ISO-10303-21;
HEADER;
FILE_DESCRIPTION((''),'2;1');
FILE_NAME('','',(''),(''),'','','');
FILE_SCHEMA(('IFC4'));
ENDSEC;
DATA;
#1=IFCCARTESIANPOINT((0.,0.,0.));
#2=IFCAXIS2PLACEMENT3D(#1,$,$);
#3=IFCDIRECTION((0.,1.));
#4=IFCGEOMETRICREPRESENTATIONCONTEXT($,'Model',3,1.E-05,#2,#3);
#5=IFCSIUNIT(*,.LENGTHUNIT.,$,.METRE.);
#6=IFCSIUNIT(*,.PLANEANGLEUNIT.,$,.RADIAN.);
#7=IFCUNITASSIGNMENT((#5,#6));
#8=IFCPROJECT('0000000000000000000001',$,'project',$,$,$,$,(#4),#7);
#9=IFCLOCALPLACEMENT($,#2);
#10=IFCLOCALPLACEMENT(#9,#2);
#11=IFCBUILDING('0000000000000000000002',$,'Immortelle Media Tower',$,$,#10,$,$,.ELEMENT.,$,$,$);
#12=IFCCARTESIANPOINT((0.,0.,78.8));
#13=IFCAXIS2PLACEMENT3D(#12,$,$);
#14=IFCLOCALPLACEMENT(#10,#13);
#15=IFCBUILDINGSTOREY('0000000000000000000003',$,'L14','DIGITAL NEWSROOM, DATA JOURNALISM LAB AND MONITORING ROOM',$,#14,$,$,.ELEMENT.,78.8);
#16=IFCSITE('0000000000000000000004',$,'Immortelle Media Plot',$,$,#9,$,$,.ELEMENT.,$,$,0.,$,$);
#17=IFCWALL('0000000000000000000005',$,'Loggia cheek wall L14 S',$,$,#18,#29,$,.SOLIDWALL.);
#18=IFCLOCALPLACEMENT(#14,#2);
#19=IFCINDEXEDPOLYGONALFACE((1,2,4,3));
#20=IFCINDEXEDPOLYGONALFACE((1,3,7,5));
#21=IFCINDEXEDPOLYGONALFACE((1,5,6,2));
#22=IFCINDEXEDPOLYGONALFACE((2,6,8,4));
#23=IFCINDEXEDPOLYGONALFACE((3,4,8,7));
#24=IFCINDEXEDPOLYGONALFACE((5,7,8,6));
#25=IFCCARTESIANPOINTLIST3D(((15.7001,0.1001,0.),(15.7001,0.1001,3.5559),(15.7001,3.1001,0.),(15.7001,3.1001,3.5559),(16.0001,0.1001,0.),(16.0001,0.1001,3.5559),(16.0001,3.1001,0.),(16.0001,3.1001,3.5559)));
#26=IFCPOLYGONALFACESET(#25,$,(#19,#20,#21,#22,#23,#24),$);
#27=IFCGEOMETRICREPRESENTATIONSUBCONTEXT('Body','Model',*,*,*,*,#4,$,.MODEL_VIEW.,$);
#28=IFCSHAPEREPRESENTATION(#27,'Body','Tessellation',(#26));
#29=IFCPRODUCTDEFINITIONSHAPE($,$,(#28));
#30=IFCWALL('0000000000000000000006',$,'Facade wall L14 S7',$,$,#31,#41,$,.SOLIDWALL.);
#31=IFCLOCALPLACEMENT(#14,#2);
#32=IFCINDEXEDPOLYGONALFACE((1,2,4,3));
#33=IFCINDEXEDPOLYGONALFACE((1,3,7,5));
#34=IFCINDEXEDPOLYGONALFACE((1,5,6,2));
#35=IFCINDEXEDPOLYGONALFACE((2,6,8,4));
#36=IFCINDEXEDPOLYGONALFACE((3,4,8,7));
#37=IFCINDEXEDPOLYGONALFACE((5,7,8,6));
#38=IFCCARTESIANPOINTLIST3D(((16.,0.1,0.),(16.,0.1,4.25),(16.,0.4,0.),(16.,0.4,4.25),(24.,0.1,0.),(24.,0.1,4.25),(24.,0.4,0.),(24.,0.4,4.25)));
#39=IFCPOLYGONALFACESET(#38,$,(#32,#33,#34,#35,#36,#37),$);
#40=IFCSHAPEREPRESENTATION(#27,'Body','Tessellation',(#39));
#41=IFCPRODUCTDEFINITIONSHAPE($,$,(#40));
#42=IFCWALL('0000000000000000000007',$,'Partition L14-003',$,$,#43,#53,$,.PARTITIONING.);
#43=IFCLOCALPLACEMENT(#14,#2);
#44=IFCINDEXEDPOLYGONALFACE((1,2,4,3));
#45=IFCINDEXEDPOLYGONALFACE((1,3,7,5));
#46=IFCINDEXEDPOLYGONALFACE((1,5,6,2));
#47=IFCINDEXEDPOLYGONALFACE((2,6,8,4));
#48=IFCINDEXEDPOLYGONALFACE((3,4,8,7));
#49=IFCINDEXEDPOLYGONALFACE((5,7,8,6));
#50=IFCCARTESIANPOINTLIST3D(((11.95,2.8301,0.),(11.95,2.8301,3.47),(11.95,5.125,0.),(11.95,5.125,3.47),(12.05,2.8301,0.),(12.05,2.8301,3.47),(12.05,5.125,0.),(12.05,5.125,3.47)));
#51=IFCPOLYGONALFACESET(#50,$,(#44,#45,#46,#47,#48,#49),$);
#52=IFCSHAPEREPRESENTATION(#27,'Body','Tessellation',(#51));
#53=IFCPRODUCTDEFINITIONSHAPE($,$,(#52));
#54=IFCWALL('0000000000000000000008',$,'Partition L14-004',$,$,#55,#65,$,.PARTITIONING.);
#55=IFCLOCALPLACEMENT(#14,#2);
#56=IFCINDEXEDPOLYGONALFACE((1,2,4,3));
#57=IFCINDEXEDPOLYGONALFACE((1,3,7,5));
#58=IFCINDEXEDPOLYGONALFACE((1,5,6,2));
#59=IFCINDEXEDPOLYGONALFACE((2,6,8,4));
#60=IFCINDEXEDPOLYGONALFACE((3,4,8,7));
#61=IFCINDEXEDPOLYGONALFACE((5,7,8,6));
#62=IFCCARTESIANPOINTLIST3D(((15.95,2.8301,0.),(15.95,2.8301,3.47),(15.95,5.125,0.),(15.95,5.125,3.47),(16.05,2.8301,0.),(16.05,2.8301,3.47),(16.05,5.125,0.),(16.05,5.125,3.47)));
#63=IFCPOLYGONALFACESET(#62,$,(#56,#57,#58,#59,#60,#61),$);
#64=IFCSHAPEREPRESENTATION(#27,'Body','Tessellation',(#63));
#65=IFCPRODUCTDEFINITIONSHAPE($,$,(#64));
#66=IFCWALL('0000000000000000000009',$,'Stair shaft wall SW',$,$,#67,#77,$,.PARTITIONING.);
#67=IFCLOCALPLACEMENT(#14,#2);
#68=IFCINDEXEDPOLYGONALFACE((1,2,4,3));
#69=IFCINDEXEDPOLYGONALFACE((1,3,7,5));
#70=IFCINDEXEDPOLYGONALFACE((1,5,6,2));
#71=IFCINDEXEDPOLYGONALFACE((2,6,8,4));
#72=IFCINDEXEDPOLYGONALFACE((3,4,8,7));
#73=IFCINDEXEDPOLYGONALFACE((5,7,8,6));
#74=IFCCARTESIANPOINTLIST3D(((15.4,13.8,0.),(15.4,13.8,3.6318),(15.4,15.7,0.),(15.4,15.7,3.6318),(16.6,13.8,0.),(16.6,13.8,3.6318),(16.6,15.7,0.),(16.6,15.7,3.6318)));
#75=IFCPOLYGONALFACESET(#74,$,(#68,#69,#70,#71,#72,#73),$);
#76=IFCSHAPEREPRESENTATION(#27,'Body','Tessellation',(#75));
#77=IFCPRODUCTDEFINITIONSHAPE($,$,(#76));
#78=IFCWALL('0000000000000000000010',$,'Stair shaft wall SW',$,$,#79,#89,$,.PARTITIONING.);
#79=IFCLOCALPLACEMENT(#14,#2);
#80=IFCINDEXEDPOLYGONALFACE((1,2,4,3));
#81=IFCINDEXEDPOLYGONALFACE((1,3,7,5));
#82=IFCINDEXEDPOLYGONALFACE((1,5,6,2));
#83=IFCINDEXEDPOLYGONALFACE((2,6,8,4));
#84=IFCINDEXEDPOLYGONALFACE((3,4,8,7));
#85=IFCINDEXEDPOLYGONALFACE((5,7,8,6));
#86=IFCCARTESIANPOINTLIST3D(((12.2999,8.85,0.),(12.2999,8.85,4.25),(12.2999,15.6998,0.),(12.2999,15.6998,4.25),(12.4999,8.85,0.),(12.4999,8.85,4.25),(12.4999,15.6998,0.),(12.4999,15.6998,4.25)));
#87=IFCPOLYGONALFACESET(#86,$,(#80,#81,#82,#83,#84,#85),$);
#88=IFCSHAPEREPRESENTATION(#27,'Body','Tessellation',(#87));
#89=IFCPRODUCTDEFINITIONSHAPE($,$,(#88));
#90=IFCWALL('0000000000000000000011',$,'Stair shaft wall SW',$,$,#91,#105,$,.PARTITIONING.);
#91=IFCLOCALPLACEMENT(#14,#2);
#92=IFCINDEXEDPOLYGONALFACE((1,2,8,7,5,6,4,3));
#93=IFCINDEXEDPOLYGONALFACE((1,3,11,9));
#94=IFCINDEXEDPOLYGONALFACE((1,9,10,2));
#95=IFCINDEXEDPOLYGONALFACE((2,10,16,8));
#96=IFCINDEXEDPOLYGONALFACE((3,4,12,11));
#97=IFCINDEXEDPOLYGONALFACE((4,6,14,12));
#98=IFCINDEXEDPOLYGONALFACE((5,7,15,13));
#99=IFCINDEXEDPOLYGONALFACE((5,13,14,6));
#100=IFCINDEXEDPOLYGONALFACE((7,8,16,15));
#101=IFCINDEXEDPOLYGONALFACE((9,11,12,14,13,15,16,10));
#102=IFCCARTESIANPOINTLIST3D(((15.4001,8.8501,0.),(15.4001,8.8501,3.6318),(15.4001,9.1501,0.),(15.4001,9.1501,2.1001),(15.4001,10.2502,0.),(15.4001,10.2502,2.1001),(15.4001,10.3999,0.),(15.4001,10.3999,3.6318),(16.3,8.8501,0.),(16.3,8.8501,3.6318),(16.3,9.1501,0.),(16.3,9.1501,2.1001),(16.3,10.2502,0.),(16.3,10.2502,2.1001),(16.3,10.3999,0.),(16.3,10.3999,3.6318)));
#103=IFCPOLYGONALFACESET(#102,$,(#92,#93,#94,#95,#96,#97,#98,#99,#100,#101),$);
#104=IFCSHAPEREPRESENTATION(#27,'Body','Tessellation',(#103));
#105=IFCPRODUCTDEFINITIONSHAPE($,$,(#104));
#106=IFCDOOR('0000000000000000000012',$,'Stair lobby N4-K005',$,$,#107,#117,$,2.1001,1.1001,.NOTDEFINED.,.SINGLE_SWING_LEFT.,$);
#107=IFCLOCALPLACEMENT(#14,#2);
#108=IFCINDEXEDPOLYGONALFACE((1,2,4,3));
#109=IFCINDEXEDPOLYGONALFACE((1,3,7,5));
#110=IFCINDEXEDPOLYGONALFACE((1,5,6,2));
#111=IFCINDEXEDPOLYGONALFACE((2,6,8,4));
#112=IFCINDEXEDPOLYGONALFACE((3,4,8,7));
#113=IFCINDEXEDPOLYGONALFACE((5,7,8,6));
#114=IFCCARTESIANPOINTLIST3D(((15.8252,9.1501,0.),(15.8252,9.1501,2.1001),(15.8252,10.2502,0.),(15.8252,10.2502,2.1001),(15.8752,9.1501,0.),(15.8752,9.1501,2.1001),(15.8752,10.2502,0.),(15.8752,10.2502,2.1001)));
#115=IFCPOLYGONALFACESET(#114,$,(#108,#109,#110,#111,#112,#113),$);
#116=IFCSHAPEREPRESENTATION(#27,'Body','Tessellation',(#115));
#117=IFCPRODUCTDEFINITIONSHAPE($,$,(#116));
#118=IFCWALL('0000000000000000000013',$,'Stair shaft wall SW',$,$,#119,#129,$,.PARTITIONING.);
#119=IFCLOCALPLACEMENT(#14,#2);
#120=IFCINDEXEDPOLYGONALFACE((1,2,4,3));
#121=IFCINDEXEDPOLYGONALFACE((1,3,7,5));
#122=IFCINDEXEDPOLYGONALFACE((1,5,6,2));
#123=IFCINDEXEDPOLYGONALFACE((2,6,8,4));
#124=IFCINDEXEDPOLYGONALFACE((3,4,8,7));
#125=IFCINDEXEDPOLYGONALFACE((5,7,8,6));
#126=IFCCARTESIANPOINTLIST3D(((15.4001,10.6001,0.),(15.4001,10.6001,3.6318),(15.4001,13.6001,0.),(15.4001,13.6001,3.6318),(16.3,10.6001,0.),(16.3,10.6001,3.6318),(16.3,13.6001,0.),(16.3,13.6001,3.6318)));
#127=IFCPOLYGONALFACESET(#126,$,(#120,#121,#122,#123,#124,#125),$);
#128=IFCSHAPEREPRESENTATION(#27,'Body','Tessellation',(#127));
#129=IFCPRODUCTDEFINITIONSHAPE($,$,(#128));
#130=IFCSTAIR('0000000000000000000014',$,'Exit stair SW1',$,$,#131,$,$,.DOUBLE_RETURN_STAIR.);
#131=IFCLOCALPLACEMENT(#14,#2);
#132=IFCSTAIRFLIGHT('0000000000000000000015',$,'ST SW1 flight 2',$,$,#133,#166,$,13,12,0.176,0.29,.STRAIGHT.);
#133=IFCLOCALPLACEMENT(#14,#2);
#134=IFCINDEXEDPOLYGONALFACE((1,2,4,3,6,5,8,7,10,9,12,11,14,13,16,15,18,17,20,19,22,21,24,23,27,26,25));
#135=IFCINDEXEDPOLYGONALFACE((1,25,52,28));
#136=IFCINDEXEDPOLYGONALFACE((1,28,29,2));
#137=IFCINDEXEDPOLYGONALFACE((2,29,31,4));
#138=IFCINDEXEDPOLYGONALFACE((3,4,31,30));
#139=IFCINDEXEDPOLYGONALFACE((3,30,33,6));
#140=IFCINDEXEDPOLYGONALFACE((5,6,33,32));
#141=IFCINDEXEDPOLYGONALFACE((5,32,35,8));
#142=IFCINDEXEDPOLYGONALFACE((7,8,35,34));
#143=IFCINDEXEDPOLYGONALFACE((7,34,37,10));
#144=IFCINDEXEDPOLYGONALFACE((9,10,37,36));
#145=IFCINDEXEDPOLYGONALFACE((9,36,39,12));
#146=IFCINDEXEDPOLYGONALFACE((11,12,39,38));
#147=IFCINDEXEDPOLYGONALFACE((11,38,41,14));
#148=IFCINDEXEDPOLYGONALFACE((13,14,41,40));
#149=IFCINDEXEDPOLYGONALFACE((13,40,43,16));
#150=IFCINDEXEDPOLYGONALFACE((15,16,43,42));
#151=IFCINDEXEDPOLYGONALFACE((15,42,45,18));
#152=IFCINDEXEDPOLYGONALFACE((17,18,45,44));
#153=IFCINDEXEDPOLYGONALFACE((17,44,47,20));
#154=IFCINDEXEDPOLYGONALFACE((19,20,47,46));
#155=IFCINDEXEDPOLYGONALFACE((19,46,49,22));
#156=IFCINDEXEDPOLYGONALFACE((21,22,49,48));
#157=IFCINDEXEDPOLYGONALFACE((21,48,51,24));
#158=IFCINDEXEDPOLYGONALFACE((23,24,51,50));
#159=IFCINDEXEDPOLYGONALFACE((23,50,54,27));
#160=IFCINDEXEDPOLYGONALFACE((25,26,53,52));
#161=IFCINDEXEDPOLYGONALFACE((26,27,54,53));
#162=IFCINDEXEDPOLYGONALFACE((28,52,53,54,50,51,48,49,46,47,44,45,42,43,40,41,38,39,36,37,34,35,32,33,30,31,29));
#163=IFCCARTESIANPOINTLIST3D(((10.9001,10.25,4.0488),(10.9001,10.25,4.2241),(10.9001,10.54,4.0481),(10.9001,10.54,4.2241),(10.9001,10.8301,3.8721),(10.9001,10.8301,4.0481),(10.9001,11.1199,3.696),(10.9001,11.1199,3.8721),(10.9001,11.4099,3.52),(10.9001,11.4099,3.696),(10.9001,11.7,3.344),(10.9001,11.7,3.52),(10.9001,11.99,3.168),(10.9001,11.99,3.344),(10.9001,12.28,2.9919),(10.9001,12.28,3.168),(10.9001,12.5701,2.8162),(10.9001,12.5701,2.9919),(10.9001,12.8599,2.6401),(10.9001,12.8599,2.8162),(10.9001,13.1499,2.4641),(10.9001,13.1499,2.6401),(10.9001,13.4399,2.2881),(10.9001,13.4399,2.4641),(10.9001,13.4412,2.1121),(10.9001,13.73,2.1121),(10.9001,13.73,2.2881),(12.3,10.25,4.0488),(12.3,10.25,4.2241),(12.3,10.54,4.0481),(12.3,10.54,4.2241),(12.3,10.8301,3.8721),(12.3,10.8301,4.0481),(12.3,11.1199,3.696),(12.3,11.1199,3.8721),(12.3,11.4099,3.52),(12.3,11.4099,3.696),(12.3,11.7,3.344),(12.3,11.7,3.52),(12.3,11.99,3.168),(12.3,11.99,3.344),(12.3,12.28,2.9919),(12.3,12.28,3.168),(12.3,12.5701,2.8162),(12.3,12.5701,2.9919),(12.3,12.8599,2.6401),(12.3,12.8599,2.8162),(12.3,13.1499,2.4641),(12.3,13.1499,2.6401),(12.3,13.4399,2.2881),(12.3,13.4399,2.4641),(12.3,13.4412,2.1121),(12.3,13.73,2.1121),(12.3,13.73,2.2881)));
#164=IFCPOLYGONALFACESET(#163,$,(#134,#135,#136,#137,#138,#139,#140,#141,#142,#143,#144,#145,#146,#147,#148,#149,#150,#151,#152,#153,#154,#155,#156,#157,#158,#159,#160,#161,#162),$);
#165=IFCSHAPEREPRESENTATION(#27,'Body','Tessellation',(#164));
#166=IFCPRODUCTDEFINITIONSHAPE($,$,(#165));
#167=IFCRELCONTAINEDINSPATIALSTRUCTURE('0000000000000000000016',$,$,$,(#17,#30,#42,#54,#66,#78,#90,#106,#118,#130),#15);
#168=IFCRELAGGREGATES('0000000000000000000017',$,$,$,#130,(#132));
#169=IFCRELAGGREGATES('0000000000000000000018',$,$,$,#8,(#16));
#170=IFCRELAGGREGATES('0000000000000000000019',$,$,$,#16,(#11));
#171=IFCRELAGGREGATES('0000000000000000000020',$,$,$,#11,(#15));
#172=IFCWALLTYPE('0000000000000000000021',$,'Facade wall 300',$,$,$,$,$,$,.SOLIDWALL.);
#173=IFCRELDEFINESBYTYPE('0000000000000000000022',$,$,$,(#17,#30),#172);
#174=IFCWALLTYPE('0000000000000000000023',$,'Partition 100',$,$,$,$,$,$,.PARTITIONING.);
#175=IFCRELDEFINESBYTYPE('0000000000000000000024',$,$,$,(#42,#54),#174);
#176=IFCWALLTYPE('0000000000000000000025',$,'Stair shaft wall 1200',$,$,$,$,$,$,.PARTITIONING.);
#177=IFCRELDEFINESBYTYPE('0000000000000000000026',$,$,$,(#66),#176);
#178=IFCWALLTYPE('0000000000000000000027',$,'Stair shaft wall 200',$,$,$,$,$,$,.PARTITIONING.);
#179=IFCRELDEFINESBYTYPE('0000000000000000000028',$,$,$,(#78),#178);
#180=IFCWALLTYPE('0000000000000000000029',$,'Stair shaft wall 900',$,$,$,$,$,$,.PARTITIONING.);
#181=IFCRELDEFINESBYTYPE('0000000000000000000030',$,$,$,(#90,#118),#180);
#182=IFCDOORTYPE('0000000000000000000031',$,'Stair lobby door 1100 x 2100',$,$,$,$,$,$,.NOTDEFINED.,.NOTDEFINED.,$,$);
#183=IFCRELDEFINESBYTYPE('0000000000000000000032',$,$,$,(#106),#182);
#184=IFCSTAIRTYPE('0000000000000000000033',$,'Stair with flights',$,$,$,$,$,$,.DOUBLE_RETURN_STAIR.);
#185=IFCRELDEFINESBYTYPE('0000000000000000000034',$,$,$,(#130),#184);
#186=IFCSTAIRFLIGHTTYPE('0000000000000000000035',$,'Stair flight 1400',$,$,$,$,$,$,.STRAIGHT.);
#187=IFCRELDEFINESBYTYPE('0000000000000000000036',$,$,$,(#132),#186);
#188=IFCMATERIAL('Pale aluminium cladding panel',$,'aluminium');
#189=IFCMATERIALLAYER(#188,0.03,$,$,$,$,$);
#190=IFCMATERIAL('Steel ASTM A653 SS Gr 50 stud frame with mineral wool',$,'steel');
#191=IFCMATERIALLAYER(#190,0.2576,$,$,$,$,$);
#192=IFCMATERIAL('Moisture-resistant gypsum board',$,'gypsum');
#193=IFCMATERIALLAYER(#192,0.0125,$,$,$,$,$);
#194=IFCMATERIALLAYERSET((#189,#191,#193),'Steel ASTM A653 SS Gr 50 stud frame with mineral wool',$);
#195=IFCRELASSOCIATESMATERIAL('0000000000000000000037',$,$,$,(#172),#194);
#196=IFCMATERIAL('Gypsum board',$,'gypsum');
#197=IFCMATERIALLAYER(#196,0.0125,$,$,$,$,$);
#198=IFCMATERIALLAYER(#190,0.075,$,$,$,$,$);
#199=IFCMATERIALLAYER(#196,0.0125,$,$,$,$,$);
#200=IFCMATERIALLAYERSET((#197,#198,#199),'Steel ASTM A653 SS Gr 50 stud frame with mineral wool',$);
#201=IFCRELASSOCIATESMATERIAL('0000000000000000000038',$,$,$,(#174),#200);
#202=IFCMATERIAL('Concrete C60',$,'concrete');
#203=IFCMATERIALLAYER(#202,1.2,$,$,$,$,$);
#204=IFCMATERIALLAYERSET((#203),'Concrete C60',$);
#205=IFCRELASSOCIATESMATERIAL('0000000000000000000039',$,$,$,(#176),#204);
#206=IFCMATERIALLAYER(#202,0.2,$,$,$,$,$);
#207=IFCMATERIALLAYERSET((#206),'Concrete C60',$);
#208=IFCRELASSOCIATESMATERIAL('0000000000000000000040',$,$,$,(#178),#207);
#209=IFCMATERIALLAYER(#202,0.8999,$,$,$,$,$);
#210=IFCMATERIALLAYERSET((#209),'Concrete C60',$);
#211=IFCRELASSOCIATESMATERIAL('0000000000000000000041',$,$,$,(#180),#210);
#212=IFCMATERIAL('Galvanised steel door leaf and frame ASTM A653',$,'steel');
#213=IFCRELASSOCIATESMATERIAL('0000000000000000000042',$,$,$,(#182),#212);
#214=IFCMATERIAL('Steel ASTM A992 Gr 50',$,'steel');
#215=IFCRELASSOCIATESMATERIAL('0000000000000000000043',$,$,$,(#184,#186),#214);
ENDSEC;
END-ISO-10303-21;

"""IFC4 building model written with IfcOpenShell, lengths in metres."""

from ifc_helpers import new_model, si_unit, direction, frame, frame_2d, origin, place, context, subcontext, project, spatial, polyline, rectangle, outline, extrude, material, layer, layer_set, type_object, element, fill, aggregate, save


model = new_model("IFC4")

# Units and contexts
model_context = context("Model", 3, precision=1e-05, world=origin(), true_north=direction((0.0, 1.0)))
body_context = subcontext(model_context, "Body", "Model", "MODEL_VIEW")
ifc_project = project(units=[si_unit("LENGTHUNIT", "METRE"), si_unit("PLANEANGLEUNIT", "RADIAN")], contexts=[model_context])

# Site, building, storey
site_placement = place(None, origin())
site = spatial("IfcSite", under=ifc_project, at=site_placement, Name="Immortelle Media Plot", CompositionType="ELEMENT", RefElevation=0.0)
building_placement = place(site_placement, origin())
building = spatial("IfcBuilding", under=site, at=building_placement, Name="Immortelle Media Tower", CompositionType="ELEMENT")
storey_placement = place(building_placement, frame((0.0, 0.0, 78.8)))
storey = spatial("IfcBuildingStorey", under=building, at=storey_placement, Name="L14", Description="DIGITAL NEWSROOM, DATA JOURNALISM LAB AND MONITORING ROOM", CompositionType="ELEMENT", Elevation=78.8)

# Shared definitions
ifc_material_1 = material(Name="Steel ASTM A992 Gr 50", Category="steel")

# Shared definitions
ifc_material_2 = material(Name="Steel ASTM A653 SS Gr 50 stud frame with mineral wool", Category="steel")

# Walls
ifc_material_3 = material(Name="Pale aluminium cladding panel", Category="aluminium")
ifc_layer_1 = layer(ifc_material_3, 0.03)
ifc_layer_2 = layer(ifc_material_2, 0.2576)
ifc_material_4 = material(Name="Moisture-resistant gypsum board", Category="gypsum")
ifc_layer_3 = layer(ifc_material_4, 0.0125)
ifc_layer_set_1 = layer_set([ifc_layer_1, ifc_layer_2, ifc_layer_3], Name="Steel ASTM A653 SS Gr 50 stud frame with mineral wool")
wall_type_1 = type_object("IfcWallType", Name="Facade wall 300", PredefinedType="SOLIDWALL", material=ifc_layer_set_1)
wall_1_placement = place(storey_placement, frame((15.8501, 0.1001, 0.0), z_axis=(0.0, 0.0, 1.0), x_axis=(0.0, 1.0, 0.0)))
element("IfcWall", 1, at=wall_1_placement, inside=storey, type_object=wall_type_1, Name="Loggia cheek wall L14 S", PredefinedType="SOLIDWALL", context=body_context, shape_type="SweptSolid", body=[
    extrude(rectangle(XDim=3.0, YDim=0.3, at=frame_2d((1.5, 0.0))), origin(), (0.0, 0.0, 1.0), 3.5559),
])
wall_2_placement = place(storey_placement, frame((16.0, 0.25, 0.0), z_axis=(0.0, 0.0, 1.0), x_axis=(1.0, 0.0, 0.0)))
element("IfcWall", 2, at=wall_2_placement, inside=storey, type_object=wall_type_1, Name="Facade wall L14 S7", PredefinedType="SOLIDWALL", context=body_context, shape_type="SweptSolid", body=[
    extrude(rectangle(XDim=8.0, YDim=0.3, at=frame_2d((4.0, 0.0))), origin(), (0.0, 0.0, 1.0), 4.25),
])
ifc_material_5 = material(Name="Gypsum board", Category="gypsum")
ifc_layer_4 = layer(ifc_material_5, 0.0125)
ifc_layer_5 = layer(ifc_material_2, 0.075)
ifc_layer_6 = layer(ifc_material_5, 0.0125)
ifc_layer_set_2 = layer_set([ifc_layer_4, ifc_layer_5, ifc_layer_6], Name="Steel ASTM A653 SS Gr 50 stud frame with mineral wool")
wall_type_2 = type_object("IfcWallType", Name="Partition 100", PredefinedType="PARTITIONING", material=ifc_layer_set_2)
for number, where, z_axis, x_axis, name in (
    (3, (12.0, 2.8301, 0.0), (0.0, 0.0, 1.0), (0.0, 1.0, 0.0), "Partition L14-003"),
    (4, (16.0, 2.8301, 0.0), (0.0, 0.0, 1.0), (0.0, 1.0, 0.0), "Partition L14-004"),
):
    element("IfcWall", number, at=place(storey_placement, frame(where, z_axis=z_axis, x_axis=x_axis)), inside=storey, type_object=wall_type_2, Name=name, PredefinedType="PARTITIONING", context=body_context, shape_type="SweptSolid", body=[
        extrude(rectangle(XDim=2.2949, YDim=0.1001, at=frame_2d((1.1475, 0.0))), origin(), (0.0, 0.0, 1.0), 3.47),
    ])
ifc_material_6 = material(Name="Concrete C60", Category="concrete")
ifc_layer_7 = layer(ifc_material_6, 1.2)
ifc_layer_set_3 = layer_set([ifc_layer_7], Name="Concrete C60")
wall_type_3 = type_object("IfcWallType", Name="Stair shaft wall 1200", PredefinedType="PARTITIONING", material=ifc_layer_set_3)
wall_3_placement = place(storey_placement, frame((16.0, 13.8, 0.0), z_axis=(0.0, 0.0, 1.0), x_axis=(0.0, 1.0, 0.0)))
element("IfcWall", 5, at=wall_3_placement, inside=storey, type_object=wall_type_3, Name="Stair shaft wall SW", PredefinedType="PARTITIONING", context=body_context, shape_type="SweptSolid", body=[
    extrude(rectangle(XDim=1.8999, YDim=1.2, at=frame_2d((0.95, 0.0))), origin(), (0.0, 0.0, 1.0), 3.6318),
])
ifc_layer_8 = layer(ifc_material_6, 0.2)
ifc_layer_set_4 = layer_set([ifc_layer_8], Name="Concrete C60")
wall_type_4 = type_object("IfcWallType", Name="Stair shaft wall 200", PredefinedType="PARTITIONING", material=ifc_layer_set_4)
wall_4_placement = place(storey_placement, frame((12.3999, 8.8501, 0.0), z_axis=(0.0, 0.0, 1.0), x_axis=(0.0, 1.0, 0.0)))
element("IfcWall", 6, at=wall_4_placement, inside=storey, type_object=wall_type_4, Name="Stair shaft wall SW", PredefinedType="PARTITIONING", context=body_context, shape_type="SweptSolid", body=[
    extrude(rectangle(XDim=6.8499, YDim=0.2, at=frame_2d((3.4248, 0.0))), origin(), (0.0, 0.0, 1.0), 4.25),
])

# Wall, opening, door
ifc_layer_9 = layer(ifc_material_6, 0.8999)
ifc_layer_set_5 = layer_set([ifc_layer_9], Name="Concrete C60")
wall_type_5 = type_object("IfcWallType", Name="Stair shaft wall 900", PredefinedType="PARTITIONING", material=ifc_layer_set_5)
wall_5_placement = place(storey_placement, frame((15.8501, 8.8501, 0.0), z_axis=(0.0, 0.0, 1.0), x_axis=(0.0, 1.0, 0.0)))
wall_5 = element("IfcWall", 7, at=wall_5_placement, inside=storey, type_object=wall_type_5, Name="Stair shaft wall SW", PredefinedType="PARTITIONING", context=body_context, shape_type="SweptSolid", body=[
    extrude(rectangle(XDim=1.5498, YDim=0.8999, at=frame_2d((0.7749, 0.0))), origin(), (0.0, 0.0, 1.0), 3.6318),
])
opening_1_placement = place(wall_5_placement, frame((0.3, 0.0, 0.0)))
opening_1 = element("IfcOpeningElement", 8, at=opening_1_placement, cuts=wall_5, PredefinedType="OPENING", context=body_context, shape_type="SweptSolid", body=[
    extrude(rectangle(XDim=1.1001, YDim=2.1001, at=frame_2d((0.55, 1.05))), frame((0.0, 0.46, 0.0), z_axis=(0.0, -1.0, 0.0), x_axis=(1.0, 0.0, 0.0)), (0.0, 0.0, 1.0), 0.9199),
])
ifc_material_7 = material(Name="Galvanised steel door leaf and frame ASTM A653", Category="steel")
door_type_1 = type_object("IfcDoorType", Name="Stair lobby door 1100 x 2100", OperationType="NOTDEFINED", PredefinedType="NOTDEFINED", material=ifc_material_7)
door_1_placement = place(opening_1_placement, origin())
door_1 = element("IfcDoor", 9, at=door_1_placement, inside=storey, type_object=door_type_1, Name="Stair lobby N4-K005", OperationType="SINGLE_SWING_LEFT", OverallHeight=2.1001, OverallWidth=1.1001, PredefinedType="NOTDEFINED", context=body_context, shape_type="SweptSolid", body=[
    extrude(rectangle(XDim=1.1001, YDim=2.1001, at=frame_2d((0.55, 1.05))), frame((0.0, 0.0249, 0.0), z_axis=(0.0, -1.0, 0.0), x_axis=(1.0, 0.0, 0.0)), (0.0, 0.0, 1.0), 0.05),
])
fill(opening_1, door_1)

# Wall
wall_6_placement = place(storey_placement, frame((15.8501, 10.6001, 0.0), z_axis=(0.0, 0.0, 1.0), x_axis=(0.0, 1.0, 0.0)))
element("IfcWall", 10, at=wall_6_placement, inside=storey, type_object=wall_type_5, Name="Stair shaft wall SW", PredefinedType="PARTITIONING", context=body_context, shape_type="SweptSolid", body=[
    extrude(rectangle(XDim=3.0, YDim=0.8999, at=frame_2d((1.5, 0.0))), origin(), (0.0, 0.0, 1.0), 3.6318),
])

# Stair, stair flight
stair_type = type_object("IfcStairType", Name="Stair with flights", PredefinedType="DOUBLE_RETURN_STAIR", material=ifc_material_1)
stair_1_placement = place(storey_placement, origin())
stair_1 = element("IfcStair", 11, at=stair_1_placement, inside=storey, type_object=stair_type, Name="Exit stair SW1", PredefinedType="DOUBLE_RETURN_STAIR")
stair_flight_type = type_object("IfcStairFlightType", Name="Stair flight 1400", PredefinedType="STRAIGHT", material=ifc_material_1)
stair_flight_1_placement = place(storey_placement, frame((11.6001, 13.73, 2.1121), z_axis=(0.0, 0.0, 1.0), x_axis=(0.0, -1.0, 0.0)))
stair_flight_1 = element("IfcStairFlight", 12, at=stair_flight_1_placement, type_object=stair_flight_type, Name="ST SW1 flight 2", NumberOfRisers=13, NumberOfTreads=12, PredefinedType="STRAIGHT", RiserHeight=0.176, TreadLength=0.29, context=body_context, shape_type="SweptSolid", body=[
    extrude(outline(polyline([(0.0, 0.0), (0.0, 0.176), (0.29, 0.176), (0.29, 0.3521), (0.5801, 0.3521), (0.5801, 0.5281), (0.8701, 0.5281), (0.8701, 0.7041), (1.1599, 0.7041), (1.1599, 0.8799), (1.45, 0.8799), (1.45, 1.0559), (1.74, 1.0559), (1.74, 1.2319), (2.03, 1.2319), (2.03, 1.408), (2.3201, 1.408), (2.3201, 1.584), (2.6101, 1.584), (2.6101, 1.76), (2.8999, 1.76), (2.8999, 1.936), (3.1899, 1.936), (3.1899, 2.1121), (3.48, 2.1121), (3.48, 2.2881), (3.48, 1.9368), (0.2888, 0.0), (0.0, 0.0)])), frame((0.0, 0.7, 0.0), z_axis=(0.0, -1.0, 0.0), x_axis=(1.0, 0.0, 0.0)), (0.0, 0.0, 1.0), 1.3999),
])
aggregate(stair_1, [stair_flight_1])

save(model, "model.ifc")
